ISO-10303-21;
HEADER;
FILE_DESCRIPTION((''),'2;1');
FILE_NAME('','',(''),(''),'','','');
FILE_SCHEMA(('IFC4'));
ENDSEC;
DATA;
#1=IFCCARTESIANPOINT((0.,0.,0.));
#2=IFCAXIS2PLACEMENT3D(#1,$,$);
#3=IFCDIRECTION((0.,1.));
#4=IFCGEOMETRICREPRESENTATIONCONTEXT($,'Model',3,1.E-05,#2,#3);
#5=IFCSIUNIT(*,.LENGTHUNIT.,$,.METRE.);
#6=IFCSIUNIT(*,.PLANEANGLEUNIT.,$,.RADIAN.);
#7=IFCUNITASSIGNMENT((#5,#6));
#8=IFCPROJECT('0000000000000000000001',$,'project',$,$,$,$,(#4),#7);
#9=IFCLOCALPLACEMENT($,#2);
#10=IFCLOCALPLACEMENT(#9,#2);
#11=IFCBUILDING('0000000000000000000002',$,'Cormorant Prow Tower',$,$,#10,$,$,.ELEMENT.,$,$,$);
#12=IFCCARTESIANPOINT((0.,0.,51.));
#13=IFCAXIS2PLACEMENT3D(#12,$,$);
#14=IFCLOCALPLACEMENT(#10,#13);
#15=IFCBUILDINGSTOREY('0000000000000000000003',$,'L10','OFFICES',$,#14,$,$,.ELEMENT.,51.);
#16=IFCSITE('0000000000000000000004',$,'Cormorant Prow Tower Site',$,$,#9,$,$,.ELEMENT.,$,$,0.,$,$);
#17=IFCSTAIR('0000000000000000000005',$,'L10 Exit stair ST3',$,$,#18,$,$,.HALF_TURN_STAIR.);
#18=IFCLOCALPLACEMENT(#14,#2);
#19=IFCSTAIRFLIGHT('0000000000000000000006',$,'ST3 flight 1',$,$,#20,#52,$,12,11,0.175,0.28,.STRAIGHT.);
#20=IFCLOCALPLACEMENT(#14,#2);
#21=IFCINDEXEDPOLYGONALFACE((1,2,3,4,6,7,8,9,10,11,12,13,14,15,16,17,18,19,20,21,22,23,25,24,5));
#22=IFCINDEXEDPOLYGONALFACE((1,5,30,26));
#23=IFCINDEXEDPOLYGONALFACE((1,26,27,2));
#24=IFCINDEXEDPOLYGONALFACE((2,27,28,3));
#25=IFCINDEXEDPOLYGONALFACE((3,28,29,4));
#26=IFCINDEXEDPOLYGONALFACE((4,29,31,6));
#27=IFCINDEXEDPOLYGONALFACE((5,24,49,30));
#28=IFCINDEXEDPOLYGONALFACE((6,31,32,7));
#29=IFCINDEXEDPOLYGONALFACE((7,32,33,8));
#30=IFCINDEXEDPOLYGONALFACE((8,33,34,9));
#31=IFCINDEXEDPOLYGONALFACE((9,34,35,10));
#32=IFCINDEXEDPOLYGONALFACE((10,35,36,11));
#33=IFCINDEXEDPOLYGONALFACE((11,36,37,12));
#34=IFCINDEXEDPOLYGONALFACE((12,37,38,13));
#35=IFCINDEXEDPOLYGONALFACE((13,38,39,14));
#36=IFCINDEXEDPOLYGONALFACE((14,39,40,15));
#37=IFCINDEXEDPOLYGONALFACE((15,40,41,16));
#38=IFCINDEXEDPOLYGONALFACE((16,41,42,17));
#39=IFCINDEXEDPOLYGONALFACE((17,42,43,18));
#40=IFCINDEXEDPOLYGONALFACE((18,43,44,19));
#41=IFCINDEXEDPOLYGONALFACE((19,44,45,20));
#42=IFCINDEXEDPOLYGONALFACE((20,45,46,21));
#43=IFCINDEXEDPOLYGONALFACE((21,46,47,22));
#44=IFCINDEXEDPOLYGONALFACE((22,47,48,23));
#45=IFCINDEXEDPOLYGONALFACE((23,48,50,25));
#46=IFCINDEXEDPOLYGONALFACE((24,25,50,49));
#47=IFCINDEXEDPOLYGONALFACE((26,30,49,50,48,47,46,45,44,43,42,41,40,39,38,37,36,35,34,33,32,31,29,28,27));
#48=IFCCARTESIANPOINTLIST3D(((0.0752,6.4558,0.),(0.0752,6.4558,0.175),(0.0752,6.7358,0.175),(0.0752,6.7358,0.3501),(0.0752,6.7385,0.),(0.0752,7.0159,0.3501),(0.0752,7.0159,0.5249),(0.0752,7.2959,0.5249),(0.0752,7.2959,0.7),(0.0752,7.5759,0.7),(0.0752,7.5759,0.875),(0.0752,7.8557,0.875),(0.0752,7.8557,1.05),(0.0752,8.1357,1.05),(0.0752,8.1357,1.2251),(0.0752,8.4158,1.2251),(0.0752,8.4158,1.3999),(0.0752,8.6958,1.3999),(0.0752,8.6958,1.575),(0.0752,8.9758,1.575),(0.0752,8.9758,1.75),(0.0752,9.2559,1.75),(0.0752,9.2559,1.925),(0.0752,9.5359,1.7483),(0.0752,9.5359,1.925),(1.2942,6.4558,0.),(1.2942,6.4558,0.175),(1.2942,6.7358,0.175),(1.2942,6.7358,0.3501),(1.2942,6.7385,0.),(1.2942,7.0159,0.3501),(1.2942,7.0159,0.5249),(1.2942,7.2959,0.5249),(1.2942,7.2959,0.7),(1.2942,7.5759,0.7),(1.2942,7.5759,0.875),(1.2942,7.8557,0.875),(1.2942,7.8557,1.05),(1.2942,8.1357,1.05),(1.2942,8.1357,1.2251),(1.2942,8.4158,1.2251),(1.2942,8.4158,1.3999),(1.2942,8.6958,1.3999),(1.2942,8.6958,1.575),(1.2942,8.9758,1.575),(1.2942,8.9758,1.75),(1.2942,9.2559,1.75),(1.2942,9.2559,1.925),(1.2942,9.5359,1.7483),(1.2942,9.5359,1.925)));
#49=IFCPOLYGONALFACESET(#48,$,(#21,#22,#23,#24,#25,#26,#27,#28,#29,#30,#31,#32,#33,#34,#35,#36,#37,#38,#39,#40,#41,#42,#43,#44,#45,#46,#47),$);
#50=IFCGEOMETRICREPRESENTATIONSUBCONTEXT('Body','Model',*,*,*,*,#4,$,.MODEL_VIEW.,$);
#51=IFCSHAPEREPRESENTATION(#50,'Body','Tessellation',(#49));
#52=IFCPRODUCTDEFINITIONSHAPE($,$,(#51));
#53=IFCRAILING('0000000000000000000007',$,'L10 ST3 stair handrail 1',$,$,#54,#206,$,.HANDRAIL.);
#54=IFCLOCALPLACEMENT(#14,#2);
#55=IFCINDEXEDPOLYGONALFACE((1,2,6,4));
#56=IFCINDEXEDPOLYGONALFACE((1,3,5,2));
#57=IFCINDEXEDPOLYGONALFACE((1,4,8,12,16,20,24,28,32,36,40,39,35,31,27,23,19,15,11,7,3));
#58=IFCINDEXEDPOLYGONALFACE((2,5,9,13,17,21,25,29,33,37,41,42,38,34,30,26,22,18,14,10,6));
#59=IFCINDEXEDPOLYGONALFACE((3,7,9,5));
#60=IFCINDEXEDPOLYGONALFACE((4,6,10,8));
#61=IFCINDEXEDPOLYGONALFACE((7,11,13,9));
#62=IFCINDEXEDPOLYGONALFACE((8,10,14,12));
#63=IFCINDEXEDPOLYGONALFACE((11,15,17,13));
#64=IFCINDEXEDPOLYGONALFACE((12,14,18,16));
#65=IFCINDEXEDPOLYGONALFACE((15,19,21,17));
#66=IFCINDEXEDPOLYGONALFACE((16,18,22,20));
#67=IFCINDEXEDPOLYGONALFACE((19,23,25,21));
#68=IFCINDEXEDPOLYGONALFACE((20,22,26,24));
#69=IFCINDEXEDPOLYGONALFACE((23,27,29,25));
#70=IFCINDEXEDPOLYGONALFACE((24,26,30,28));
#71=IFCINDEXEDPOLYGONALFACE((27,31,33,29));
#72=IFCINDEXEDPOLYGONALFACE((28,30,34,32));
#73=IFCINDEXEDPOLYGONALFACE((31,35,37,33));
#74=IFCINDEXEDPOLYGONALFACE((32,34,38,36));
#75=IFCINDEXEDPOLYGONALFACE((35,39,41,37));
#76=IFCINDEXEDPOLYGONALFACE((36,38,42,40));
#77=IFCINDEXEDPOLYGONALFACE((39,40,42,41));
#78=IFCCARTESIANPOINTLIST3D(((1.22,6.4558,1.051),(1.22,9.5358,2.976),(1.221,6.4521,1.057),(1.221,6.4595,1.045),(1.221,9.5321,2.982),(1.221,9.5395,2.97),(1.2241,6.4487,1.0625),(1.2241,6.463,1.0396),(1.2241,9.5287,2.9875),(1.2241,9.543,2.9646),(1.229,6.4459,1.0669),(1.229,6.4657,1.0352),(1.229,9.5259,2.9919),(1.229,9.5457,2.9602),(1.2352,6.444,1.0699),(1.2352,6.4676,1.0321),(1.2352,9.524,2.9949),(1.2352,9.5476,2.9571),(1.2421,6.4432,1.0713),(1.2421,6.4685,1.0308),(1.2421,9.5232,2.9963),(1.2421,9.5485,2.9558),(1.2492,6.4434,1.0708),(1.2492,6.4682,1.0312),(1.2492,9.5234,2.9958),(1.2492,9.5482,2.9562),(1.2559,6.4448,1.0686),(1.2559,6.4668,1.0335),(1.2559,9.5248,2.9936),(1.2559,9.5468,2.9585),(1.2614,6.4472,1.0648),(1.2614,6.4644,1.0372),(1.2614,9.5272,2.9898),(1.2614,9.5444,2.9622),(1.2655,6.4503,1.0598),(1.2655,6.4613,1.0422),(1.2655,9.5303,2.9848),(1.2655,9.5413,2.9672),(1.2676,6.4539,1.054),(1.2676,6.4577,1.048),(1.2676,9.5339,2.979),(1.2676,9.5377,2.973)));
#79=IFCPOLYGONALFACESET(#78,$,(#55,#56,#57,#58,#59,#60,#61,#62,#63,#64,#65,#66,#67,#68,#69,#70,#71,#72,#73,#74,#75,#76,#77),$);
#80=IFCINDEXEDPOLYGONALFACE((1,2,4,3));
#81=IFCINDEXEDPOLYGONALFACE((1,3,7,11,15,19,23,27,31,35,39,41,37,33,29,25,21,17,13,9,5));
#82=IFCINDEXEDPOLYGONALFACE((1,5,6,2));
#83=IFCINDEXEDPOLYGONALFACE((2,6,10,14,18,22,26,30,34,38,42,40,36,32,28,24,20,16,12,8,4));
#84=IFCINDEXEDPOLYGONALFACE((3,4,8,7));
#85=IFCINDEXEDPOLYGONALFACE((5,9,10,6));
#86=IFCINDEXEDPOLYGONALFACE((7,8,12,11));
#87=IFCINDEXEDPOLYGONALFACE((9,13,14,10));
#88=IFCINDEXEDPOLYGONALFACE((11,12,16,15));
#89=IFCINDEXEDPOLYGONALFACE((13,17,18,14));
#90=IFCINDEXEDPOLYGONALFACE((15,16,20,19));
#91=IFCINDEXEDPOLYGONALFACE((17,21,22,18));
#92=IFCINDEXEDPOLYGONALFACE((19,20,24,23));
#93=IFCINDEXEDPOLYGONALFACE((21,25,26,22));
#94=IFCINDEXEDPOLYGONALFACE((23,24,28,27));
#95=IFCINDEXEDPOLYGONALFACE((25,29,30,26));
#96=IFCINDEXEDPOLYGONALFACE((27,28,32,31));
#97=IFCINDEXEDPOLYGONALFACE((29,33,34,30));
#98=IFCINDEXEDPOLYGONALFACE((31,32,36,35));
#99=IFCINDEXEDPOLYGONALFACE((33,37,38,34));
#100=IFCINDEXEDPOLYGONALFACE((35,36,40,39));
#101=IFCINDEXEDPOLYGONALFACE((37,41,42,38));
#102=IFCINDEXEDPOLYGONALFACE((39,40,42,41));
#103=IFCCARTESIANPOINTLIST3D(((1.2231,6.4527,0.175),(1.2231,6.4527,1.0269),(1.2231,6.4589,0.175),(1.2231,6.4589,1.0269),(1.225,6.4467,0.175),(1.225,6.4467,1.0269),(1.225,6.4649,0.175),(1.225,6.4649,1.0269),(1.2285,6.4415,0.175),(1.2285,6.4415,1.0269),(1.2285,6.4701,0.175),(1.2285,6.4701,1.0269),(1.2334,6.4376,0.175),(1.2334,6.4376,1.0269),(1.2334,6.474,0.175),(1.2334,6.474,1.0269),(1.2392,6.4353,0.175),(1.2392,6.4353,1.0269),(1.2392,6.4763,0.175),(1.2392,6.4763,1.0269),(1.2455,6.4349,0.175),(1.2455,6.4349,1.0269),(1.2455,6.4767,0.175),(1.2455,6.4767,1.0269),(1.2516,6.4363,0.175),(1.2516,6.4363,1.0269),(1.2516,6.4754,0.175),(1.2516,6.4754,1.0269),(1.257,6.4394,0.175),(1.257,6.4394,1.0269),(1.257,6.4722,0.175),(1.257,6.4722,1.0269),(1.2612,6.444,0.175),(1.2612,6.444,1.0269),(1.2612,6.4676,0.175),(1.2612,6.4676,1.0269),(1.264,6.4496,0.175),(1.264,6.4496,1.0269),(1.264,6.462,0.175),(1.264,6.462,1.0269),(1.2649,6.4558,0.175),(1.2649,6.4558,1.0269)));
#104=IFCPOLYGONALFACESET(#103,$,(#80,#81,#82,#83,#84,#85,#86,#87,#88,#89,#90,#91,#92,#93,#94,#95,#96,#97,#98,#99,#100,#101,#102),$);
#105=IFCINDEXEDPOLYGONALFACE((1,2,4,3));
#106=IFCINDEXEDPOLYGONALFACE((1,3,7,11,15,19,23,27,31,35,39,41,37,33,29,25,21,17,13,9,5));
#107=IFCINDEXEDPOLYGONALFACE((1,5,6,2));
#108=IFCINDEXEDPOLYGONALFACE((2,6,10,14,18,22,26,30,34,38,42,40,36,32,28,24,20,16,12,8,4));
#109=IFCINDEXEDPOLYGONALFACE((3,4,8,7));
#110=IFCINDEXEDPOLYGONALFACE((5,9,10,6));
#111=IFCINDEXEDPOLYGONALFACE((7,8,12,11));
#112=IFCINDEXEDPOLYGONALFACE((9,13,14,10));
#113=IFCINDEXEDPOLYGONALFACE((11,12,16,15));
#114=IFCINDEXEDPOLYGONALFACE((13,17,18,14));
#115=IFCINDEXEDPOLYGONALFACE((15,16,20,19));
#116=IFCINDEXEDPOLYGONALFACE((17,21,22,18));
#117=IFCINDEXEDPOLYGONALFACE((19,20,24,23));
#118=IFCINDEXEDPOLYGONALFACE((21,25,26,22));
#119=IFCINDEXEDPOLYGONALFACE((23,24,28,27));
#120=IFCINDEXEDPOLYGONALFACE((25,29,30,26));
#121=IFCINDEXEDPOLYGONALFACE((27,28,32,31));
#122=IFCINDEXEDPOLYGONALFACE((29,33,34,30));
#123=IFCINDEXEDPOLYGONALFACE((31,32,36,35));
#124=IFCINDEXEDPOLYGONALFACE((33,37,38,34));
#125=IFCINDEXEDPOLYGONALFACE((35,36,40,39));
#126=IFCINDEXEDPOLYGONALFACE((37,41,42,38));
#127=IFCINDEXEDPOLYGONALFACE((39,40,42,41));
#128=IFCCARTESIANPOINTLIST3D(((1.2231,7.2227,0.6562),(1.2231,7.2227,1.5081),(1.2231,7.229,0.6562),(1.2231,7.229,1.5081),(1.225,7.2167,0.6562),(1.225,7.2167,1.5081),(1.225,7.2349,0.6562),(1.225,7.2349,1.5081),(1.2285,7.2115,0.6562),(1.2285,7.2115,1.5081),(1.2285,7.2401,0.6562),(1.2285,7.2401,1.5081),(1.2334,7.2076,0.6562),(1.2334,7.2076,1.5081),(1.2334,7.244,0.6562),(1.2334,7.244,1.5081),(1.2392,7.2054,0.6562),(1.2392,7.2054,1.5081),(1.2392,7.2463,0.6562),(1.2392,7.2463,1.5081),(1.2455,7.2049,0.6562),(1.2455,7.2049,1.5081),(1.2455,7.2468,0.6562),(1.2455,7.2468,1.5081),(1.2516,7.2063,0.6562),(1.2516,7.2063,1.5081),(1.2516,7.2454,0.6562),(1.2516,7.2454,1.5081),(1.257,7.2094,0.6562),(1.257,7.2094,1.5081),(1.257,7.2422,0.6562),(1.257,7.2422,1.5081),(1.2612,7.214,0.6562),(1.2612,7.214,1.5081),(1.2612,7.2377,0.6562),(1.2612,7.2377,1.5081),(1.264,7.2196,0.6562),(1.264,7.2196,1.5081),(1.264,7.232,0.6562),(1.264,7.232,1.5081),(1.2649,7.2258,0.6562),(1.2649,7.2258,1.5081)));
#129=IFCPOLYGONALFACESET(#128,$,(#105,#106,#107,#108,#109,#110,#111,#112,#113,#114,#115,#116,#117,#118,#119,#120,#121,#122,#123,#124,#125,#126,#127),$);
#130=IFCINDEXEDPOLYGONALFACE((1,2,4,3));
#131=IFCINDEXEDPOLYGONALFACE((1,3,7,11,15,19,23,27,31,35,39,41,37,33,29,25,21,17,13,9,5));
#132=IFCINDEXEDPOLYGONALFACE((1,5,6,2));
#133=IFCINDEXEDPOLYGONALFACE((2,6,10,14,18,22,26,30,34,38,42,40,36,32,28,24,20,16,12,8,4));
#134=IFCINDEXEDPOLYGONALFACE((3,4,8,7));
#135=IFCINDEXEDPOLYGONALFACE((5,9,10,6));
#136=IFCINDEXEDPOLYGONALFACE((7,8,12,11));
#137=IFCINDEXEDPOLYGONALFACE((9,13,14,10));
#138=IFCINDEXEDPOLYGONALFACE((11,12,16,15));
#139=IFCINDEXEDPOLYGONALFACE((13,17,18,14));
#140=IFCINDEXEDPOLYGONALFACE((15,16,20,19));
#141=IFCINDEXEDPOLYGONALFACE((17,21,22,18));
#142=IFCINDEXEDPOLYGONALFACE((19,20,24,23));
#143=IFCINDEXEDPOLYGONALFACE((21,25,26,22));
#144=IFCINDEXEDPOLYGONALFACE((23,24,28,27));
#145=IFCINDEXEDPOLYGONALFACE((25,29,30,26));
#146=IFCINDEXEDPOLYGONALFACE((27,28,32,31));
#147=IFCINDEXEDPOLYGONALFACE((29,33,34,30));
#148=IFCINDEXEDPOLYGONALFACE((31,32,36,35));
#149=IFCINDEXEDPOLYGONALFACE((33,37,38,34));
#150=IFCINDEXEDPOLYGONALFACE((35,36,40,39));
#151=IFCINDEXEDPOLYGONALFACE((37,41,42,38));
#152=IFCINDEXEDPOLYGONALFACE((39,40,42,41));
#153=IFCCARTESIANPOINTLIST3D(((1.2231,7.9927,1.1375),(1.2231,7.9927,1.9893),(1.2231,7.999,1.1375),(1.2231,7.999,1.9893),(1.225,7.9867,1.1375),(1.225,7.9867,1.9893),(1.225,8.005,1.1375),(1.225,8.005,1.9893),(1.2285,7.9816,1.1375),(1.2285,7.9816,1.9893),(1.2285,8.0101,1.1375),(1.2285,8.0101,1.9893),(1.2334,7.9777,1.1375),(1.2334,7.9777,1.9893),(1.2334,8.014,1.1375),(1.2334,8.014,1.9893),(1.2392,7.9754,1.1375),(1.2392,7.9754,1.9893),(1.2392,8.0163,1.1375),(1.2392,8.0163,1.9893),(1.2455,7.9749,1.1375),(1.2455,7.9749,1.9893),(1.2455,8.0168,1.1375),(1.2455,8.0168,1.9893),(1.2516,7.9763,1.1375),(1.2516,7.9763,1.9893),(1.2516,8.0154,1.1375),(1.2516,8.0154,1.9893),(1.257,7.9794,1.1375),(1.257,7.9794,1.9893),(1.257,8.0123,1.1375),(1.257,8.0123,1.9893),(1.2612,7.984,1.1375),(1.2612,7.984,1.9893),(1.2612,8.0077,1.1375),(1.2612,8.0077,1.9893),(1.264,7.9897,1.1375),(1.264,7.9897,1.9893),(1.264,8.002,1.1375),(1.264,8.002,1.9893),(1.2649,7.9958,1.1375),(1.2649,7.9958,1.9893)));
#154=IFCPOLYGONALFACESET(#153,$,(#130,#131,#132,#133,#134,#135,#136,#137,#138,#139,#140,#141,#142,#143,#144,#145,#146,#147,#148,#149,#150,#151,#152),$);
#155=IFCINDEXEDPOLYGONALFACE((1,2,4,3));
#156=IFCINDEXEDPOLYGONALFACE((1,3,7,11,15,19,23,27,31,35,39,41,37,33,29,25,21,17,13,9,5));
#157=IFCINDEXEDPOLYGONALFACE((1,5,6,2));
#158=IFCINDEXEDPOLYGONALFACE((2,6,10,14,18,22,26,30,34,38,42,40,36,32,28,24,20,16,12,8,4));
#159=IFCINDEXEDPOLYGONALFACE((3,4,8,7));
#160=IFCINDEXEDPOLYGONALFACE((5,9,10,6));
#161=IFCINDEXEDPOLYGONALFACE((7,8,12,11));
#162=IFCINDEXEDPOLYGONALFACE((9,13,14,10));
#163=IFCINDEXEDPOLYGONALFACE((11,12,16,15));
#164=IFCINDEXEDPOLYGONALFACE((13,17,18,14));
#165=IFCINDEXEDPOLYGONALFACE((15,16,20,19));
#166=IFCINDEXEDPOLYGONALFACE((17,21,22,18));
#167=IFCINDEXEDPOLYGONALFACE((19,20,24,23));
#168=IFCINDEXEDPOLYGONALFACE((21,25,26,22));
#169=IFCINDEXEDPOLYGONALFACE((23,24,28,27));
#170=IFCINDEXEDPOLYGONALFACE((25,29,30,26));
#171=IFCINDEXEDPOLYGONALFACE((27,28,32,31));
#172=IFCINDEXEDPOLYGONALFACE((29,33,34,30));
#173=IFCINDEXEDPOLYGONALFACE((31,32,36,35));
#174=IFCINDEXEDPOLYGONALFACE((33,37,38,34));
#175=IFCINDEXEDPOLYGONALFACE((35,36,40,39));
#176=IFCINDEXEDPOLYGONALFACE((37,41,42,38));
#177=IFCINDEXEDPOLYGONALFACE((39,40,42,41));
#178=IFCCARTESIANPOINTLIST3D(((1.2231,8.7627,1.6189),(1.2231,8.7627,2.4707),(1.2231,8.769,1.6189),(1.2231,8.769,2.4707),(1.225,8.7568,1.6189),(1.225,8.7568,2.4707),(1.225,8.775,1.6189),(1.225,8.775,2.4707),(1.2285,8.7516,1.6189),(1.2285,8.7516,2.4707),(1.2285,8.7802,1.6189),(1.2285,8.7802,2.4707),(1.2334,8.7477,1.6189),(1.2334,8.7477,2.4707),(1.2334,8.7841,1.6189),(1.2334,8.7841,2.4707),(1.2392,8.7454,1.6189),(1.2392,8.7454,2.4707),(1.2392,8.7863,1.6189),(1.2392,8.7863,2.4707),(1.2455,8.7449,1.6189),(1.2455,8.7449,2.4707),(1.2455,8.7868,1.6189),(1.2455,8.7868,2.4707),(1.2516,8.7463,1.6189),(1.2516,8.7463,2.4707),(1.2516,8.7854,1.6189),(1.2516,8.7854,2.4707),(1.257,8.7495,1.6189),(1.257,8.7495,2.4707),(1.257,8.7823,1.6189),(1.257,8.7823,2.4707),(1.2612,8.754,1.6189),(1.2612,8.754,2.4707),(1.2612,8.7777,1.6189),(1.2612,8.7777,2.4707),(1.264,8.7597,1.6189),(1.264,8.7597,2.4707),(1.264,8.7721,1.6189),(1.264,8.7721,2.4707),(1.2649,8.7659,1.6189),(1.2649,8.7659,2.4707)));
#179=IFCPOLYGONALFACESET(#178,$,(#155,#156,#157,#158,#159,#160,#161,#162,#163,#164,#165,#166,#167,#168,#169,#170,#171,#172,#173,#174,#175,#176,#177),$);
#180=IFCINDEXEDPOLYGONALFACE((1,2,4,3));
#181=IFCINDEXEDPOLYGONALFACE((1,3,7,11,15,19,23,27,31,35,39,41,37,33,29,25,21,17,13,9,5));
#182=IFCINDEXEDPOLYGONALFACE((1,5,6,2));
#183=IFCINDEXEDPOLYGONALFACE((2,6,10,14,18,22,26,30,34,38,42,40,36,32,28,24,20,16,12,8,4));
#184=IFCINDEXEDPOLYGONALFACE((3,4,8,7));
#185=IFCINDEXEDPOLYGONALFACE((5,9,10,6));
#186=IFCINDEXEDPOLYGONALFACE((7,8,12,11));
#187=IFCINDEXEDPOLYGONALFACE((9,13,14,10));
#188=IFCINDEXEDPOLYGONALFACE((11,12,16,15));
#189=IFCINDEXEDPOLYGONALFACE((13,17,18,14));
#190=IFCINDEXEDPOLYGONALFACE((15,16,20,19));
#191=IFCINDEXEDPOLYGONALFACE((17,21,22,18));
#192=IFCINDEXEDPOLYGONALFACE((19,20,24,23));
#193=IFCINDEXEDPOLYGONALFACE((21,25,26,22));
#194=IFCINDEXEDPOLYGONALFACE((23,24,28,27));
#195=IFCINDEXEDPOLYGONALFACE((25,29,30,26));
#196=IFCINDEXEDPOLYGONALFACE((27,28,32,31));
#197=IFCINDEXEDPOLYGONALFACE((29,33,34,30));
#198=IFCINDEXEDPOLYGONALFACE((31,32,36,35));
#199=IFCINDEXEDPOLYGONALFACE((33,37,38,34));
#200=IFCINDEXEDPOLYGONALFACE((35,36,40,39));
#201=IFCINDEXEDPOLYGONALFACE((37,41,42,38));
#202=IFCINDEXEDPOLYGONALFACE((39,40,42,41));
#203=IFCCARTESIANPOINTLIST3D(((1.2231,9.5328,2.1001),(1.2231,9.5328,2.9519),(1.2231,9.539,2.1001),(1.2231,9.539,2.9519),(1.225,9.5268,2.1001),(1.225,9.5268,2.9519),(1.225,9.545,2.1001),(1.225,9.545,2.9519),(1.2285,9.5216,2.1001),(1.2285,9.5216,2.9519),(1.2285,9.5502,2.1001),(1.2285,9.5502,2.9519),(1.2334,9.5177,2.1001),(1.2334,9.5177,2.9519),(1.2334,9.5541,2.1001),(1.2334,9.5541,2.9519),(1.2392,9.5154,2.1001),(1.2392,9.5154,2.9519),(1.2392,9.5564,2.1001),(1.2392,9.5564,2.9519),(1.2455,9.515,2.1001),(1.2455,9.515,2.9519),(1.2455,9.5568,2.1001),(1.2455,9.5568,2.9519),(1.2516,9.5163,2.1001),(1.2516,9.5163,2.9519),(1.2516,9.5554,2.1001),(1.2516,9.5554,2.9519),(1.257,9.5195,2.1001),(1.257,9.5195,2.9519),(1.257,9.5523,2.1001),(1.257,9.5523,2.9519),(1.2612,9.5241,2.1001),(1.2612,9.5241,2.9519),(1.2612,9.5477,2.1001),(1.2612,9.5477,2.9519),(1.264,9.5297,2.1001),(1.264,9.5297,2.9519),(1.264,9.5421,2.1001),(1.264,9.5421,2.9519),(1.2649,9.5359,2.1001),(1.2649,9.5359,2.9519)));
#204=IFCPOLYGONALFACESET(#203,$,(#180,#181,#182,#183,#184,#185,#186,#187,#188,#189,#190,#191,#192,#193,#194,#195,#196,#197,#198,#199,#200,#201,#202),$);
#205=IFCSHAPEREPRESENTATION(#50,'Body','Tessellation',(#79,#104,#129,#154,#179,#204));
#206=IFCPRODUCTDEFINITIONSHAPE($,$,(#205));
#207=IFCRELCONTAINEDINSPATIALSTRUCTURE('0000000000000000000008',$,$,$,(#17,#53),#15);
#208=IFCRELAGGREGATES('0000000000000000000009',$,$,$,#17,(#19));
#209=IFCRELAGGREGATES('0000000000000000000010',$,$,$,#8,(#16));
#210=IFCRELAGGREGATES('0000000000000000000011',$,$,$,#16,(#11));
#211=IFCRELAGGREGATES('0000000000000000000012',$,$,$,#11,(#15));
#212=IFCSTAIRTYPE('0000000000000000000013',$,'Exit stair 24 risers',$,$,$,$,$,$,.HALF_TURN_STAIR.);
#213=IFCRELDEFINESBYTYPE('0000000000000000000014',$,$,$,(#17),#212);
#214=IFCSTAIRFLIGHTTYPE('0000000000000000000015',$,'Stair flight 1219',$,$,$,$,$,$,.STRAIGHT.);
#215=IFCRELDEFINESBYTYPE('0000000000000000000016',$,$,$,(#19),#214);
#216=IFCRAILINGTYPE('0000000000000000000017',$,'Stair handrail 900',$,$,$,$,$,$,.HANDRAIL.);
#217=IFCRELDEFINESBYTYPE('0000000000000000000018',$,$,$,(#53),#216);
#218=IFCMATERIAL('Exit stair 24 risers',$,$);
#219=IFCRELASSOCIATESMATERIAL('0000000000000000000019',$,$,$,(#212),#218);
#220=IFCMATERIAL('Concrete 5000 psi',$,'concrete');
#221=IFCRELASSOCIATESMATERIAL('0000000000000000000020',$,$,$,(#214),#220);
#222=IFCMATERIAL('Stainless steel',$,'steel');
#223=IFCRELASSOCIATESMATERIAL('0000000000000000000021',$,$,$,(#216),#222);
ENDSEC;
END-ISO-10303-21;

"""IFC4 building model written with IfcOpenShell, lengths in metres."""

from ifc_helpers import new_model, si_unit, direction, frame, origin, origin_2d, place, context, subcontext, project, spatial, polyline, circle, outline, extrude, material, type_object, element, aggregate, save


model = new_model("IFC4")

# Units and contexts
model_context = context("Model", 3, precision=1e-05, world=origin(), true_north=direction((0.0, 1.0)))
body_context = subcontext(model_context, "Body", "Model", "MODEL_VIEW")
ifc_project = project(units=[si_unit("LENGTHUNIT", "METRE"), si_unit("PLANEANGLEUNIT", "RADIAN")], contexts=[model_context])

# Site, building, storey
site_placement = place(None, origin())
site = spatial("IfcSite", under=ifc_project, at=site_placement, Name="Cormorant Prow Tower Site", CompositionType="ELEMENT", RefElevation=0.0)
building_placement = place(site_placement, origin())
building = spatial("IfcBuilding", under=site, at=building_placement, Name="Cormorant Prow Tower", CompositionType="ELEMENT")
storey_placement = place(building_placement, frame((0.0, 0.0, 51.0)))
storey = spatial("IfcBuildingStorey", under=building, at=storey_placement, Name="L10", Description="OFFICES", CompositionType="ELEMENT", Elevation=51.0)

# Stair
ifc_material_1 = material(Name="Exit stair 24 risers")
stair_type = type_object("IfcStairType", Name="Exit stair 24 risers", PredefinedType="HALF_TURN_STAIR", material=ifc_material_1)
stair_1_placement = place(storey_placement, origin())
stair_1 = element("IfcStair", 1, at=stair_1_placement, inside=storey, type_object=stair_type, Name="L10 Exit stair ST3", PredefinedType="HALF_TURN_STAIR")

# Stair flight
ifc_material_2 = material(Name="Concrete 5000 psi", Category="concrete")
stair_flight_type = type_object("IfcStairFlightType", Name="Stair flight 1219", PredefinedType="STRAIGHT", material=ifc_material_2)
stair_flight_placement = place(storey_placement, frame((0.6846, 6.4558, 0.0), z_axis=(0.0, 0.0, 1.0), x_axis=(0.0, 1.0, 0.0)))
stair_flight = element("IfcStairFlight", 2, at=stair_flight_placement, type_object=stair_flight_type, Name="ST3 flight 1", NumberOfRisers=12, NumberOfTreads=11, PredefinedType="STRAIGHT", RiserHeight=0.175, TreadLength=0.28, context=body_context, shape_type="SweptSolid", body=[
    extrude(outline(polyline([(0.0, 0.0), (0.0, 0.175), (0.28, 0.175), (0.28, 0.3501), (0.5601, 0.3501), (0.5601, 0.5249), (0.8401, 0.5249), (0.8401, 0.7), (1.1201, 0.7), (1.1201, 0.875), (1.3999, 0.875), (1.3999, 1.05), (1.6799, 1.05), (1.6799, 1.2251), (1.96, 1.2251), (1.96, 1.3999), (2.24, 1.3999), (2.24, 1.575), (2.52, 1.575), (2.52, 1.75), (2.8, 1.75), (2.8, 1.925), (3.0801, 1.925), (3.0801, 2.1001), (3.0801, 1.7483), (0.2827, 0.0), (0.0, 0.0)])), frame((0.0, 0.6094, 0.0), z_axis=(0.0, -1.0, 0.0), x_axis=(1.0, 0.0, 0.0)), (0.0, 0.0, 1.0), 1.219),
])
aggregate(stair_1, [stair_flight])

# Railing
ifc_material_3 = material(Name="Stainless steel", Category="steel")
railing_type_1 = type_object("IfcRailingType", Name="Stair handrail 900", PredefinedType="HANDRAIL", material=ifc_material_3)
railing_1_placement = place(storey_placement, frame((1.2439, 6.4558, 0.175)))
element("IfcRailing", 3, at=railing_1_placement, inside=storey, type_object=railing_type_1, Name="L10 ST3 stair handrail 1", PredefinedType="HANDRAIL", context=body_context, shape_type="SweptSolid", body=[
    extrude(circle(Radius=0.0239, at=origin_2d()), frame((0.0, 0.0, 0.876), z_axis=(0.0, 0.847998, 0.529999), x_axis=(-1.0, 0.0, 0.0)), (0.0, 0.0, 1.0), 3.6321),
    extrude(circle(Radius=0.021, at=origin_2d()), origin(), (0.0, 0.0, 1.0), 0.8518),
    extrude(circle(Radius=0.021, at=origin_2d()), frame((0.0, 0.77, 0.4812)), (0.0, 0.0, 1.0), 0.8518),
    extrude(circle(Radius=0.021, at=origin_2d()), frame((0.0, 1.54, 0.9624)), (0.0, 0.0, 1.0), 0.8518),
    extrude(circle(Radius=0.021, at=origin_2d()), frame((0.0, 2.3101, 1.4438)), (0.0, 0.0, 1.0), 0.8518),
    extrude(circle(Radius=0.021, at=origin_2d()), frame((0.0, 3.0801, 1.925)), (0.0, 0.0, 1.0), 0.8518),
])

save(model, "model.ifc")
